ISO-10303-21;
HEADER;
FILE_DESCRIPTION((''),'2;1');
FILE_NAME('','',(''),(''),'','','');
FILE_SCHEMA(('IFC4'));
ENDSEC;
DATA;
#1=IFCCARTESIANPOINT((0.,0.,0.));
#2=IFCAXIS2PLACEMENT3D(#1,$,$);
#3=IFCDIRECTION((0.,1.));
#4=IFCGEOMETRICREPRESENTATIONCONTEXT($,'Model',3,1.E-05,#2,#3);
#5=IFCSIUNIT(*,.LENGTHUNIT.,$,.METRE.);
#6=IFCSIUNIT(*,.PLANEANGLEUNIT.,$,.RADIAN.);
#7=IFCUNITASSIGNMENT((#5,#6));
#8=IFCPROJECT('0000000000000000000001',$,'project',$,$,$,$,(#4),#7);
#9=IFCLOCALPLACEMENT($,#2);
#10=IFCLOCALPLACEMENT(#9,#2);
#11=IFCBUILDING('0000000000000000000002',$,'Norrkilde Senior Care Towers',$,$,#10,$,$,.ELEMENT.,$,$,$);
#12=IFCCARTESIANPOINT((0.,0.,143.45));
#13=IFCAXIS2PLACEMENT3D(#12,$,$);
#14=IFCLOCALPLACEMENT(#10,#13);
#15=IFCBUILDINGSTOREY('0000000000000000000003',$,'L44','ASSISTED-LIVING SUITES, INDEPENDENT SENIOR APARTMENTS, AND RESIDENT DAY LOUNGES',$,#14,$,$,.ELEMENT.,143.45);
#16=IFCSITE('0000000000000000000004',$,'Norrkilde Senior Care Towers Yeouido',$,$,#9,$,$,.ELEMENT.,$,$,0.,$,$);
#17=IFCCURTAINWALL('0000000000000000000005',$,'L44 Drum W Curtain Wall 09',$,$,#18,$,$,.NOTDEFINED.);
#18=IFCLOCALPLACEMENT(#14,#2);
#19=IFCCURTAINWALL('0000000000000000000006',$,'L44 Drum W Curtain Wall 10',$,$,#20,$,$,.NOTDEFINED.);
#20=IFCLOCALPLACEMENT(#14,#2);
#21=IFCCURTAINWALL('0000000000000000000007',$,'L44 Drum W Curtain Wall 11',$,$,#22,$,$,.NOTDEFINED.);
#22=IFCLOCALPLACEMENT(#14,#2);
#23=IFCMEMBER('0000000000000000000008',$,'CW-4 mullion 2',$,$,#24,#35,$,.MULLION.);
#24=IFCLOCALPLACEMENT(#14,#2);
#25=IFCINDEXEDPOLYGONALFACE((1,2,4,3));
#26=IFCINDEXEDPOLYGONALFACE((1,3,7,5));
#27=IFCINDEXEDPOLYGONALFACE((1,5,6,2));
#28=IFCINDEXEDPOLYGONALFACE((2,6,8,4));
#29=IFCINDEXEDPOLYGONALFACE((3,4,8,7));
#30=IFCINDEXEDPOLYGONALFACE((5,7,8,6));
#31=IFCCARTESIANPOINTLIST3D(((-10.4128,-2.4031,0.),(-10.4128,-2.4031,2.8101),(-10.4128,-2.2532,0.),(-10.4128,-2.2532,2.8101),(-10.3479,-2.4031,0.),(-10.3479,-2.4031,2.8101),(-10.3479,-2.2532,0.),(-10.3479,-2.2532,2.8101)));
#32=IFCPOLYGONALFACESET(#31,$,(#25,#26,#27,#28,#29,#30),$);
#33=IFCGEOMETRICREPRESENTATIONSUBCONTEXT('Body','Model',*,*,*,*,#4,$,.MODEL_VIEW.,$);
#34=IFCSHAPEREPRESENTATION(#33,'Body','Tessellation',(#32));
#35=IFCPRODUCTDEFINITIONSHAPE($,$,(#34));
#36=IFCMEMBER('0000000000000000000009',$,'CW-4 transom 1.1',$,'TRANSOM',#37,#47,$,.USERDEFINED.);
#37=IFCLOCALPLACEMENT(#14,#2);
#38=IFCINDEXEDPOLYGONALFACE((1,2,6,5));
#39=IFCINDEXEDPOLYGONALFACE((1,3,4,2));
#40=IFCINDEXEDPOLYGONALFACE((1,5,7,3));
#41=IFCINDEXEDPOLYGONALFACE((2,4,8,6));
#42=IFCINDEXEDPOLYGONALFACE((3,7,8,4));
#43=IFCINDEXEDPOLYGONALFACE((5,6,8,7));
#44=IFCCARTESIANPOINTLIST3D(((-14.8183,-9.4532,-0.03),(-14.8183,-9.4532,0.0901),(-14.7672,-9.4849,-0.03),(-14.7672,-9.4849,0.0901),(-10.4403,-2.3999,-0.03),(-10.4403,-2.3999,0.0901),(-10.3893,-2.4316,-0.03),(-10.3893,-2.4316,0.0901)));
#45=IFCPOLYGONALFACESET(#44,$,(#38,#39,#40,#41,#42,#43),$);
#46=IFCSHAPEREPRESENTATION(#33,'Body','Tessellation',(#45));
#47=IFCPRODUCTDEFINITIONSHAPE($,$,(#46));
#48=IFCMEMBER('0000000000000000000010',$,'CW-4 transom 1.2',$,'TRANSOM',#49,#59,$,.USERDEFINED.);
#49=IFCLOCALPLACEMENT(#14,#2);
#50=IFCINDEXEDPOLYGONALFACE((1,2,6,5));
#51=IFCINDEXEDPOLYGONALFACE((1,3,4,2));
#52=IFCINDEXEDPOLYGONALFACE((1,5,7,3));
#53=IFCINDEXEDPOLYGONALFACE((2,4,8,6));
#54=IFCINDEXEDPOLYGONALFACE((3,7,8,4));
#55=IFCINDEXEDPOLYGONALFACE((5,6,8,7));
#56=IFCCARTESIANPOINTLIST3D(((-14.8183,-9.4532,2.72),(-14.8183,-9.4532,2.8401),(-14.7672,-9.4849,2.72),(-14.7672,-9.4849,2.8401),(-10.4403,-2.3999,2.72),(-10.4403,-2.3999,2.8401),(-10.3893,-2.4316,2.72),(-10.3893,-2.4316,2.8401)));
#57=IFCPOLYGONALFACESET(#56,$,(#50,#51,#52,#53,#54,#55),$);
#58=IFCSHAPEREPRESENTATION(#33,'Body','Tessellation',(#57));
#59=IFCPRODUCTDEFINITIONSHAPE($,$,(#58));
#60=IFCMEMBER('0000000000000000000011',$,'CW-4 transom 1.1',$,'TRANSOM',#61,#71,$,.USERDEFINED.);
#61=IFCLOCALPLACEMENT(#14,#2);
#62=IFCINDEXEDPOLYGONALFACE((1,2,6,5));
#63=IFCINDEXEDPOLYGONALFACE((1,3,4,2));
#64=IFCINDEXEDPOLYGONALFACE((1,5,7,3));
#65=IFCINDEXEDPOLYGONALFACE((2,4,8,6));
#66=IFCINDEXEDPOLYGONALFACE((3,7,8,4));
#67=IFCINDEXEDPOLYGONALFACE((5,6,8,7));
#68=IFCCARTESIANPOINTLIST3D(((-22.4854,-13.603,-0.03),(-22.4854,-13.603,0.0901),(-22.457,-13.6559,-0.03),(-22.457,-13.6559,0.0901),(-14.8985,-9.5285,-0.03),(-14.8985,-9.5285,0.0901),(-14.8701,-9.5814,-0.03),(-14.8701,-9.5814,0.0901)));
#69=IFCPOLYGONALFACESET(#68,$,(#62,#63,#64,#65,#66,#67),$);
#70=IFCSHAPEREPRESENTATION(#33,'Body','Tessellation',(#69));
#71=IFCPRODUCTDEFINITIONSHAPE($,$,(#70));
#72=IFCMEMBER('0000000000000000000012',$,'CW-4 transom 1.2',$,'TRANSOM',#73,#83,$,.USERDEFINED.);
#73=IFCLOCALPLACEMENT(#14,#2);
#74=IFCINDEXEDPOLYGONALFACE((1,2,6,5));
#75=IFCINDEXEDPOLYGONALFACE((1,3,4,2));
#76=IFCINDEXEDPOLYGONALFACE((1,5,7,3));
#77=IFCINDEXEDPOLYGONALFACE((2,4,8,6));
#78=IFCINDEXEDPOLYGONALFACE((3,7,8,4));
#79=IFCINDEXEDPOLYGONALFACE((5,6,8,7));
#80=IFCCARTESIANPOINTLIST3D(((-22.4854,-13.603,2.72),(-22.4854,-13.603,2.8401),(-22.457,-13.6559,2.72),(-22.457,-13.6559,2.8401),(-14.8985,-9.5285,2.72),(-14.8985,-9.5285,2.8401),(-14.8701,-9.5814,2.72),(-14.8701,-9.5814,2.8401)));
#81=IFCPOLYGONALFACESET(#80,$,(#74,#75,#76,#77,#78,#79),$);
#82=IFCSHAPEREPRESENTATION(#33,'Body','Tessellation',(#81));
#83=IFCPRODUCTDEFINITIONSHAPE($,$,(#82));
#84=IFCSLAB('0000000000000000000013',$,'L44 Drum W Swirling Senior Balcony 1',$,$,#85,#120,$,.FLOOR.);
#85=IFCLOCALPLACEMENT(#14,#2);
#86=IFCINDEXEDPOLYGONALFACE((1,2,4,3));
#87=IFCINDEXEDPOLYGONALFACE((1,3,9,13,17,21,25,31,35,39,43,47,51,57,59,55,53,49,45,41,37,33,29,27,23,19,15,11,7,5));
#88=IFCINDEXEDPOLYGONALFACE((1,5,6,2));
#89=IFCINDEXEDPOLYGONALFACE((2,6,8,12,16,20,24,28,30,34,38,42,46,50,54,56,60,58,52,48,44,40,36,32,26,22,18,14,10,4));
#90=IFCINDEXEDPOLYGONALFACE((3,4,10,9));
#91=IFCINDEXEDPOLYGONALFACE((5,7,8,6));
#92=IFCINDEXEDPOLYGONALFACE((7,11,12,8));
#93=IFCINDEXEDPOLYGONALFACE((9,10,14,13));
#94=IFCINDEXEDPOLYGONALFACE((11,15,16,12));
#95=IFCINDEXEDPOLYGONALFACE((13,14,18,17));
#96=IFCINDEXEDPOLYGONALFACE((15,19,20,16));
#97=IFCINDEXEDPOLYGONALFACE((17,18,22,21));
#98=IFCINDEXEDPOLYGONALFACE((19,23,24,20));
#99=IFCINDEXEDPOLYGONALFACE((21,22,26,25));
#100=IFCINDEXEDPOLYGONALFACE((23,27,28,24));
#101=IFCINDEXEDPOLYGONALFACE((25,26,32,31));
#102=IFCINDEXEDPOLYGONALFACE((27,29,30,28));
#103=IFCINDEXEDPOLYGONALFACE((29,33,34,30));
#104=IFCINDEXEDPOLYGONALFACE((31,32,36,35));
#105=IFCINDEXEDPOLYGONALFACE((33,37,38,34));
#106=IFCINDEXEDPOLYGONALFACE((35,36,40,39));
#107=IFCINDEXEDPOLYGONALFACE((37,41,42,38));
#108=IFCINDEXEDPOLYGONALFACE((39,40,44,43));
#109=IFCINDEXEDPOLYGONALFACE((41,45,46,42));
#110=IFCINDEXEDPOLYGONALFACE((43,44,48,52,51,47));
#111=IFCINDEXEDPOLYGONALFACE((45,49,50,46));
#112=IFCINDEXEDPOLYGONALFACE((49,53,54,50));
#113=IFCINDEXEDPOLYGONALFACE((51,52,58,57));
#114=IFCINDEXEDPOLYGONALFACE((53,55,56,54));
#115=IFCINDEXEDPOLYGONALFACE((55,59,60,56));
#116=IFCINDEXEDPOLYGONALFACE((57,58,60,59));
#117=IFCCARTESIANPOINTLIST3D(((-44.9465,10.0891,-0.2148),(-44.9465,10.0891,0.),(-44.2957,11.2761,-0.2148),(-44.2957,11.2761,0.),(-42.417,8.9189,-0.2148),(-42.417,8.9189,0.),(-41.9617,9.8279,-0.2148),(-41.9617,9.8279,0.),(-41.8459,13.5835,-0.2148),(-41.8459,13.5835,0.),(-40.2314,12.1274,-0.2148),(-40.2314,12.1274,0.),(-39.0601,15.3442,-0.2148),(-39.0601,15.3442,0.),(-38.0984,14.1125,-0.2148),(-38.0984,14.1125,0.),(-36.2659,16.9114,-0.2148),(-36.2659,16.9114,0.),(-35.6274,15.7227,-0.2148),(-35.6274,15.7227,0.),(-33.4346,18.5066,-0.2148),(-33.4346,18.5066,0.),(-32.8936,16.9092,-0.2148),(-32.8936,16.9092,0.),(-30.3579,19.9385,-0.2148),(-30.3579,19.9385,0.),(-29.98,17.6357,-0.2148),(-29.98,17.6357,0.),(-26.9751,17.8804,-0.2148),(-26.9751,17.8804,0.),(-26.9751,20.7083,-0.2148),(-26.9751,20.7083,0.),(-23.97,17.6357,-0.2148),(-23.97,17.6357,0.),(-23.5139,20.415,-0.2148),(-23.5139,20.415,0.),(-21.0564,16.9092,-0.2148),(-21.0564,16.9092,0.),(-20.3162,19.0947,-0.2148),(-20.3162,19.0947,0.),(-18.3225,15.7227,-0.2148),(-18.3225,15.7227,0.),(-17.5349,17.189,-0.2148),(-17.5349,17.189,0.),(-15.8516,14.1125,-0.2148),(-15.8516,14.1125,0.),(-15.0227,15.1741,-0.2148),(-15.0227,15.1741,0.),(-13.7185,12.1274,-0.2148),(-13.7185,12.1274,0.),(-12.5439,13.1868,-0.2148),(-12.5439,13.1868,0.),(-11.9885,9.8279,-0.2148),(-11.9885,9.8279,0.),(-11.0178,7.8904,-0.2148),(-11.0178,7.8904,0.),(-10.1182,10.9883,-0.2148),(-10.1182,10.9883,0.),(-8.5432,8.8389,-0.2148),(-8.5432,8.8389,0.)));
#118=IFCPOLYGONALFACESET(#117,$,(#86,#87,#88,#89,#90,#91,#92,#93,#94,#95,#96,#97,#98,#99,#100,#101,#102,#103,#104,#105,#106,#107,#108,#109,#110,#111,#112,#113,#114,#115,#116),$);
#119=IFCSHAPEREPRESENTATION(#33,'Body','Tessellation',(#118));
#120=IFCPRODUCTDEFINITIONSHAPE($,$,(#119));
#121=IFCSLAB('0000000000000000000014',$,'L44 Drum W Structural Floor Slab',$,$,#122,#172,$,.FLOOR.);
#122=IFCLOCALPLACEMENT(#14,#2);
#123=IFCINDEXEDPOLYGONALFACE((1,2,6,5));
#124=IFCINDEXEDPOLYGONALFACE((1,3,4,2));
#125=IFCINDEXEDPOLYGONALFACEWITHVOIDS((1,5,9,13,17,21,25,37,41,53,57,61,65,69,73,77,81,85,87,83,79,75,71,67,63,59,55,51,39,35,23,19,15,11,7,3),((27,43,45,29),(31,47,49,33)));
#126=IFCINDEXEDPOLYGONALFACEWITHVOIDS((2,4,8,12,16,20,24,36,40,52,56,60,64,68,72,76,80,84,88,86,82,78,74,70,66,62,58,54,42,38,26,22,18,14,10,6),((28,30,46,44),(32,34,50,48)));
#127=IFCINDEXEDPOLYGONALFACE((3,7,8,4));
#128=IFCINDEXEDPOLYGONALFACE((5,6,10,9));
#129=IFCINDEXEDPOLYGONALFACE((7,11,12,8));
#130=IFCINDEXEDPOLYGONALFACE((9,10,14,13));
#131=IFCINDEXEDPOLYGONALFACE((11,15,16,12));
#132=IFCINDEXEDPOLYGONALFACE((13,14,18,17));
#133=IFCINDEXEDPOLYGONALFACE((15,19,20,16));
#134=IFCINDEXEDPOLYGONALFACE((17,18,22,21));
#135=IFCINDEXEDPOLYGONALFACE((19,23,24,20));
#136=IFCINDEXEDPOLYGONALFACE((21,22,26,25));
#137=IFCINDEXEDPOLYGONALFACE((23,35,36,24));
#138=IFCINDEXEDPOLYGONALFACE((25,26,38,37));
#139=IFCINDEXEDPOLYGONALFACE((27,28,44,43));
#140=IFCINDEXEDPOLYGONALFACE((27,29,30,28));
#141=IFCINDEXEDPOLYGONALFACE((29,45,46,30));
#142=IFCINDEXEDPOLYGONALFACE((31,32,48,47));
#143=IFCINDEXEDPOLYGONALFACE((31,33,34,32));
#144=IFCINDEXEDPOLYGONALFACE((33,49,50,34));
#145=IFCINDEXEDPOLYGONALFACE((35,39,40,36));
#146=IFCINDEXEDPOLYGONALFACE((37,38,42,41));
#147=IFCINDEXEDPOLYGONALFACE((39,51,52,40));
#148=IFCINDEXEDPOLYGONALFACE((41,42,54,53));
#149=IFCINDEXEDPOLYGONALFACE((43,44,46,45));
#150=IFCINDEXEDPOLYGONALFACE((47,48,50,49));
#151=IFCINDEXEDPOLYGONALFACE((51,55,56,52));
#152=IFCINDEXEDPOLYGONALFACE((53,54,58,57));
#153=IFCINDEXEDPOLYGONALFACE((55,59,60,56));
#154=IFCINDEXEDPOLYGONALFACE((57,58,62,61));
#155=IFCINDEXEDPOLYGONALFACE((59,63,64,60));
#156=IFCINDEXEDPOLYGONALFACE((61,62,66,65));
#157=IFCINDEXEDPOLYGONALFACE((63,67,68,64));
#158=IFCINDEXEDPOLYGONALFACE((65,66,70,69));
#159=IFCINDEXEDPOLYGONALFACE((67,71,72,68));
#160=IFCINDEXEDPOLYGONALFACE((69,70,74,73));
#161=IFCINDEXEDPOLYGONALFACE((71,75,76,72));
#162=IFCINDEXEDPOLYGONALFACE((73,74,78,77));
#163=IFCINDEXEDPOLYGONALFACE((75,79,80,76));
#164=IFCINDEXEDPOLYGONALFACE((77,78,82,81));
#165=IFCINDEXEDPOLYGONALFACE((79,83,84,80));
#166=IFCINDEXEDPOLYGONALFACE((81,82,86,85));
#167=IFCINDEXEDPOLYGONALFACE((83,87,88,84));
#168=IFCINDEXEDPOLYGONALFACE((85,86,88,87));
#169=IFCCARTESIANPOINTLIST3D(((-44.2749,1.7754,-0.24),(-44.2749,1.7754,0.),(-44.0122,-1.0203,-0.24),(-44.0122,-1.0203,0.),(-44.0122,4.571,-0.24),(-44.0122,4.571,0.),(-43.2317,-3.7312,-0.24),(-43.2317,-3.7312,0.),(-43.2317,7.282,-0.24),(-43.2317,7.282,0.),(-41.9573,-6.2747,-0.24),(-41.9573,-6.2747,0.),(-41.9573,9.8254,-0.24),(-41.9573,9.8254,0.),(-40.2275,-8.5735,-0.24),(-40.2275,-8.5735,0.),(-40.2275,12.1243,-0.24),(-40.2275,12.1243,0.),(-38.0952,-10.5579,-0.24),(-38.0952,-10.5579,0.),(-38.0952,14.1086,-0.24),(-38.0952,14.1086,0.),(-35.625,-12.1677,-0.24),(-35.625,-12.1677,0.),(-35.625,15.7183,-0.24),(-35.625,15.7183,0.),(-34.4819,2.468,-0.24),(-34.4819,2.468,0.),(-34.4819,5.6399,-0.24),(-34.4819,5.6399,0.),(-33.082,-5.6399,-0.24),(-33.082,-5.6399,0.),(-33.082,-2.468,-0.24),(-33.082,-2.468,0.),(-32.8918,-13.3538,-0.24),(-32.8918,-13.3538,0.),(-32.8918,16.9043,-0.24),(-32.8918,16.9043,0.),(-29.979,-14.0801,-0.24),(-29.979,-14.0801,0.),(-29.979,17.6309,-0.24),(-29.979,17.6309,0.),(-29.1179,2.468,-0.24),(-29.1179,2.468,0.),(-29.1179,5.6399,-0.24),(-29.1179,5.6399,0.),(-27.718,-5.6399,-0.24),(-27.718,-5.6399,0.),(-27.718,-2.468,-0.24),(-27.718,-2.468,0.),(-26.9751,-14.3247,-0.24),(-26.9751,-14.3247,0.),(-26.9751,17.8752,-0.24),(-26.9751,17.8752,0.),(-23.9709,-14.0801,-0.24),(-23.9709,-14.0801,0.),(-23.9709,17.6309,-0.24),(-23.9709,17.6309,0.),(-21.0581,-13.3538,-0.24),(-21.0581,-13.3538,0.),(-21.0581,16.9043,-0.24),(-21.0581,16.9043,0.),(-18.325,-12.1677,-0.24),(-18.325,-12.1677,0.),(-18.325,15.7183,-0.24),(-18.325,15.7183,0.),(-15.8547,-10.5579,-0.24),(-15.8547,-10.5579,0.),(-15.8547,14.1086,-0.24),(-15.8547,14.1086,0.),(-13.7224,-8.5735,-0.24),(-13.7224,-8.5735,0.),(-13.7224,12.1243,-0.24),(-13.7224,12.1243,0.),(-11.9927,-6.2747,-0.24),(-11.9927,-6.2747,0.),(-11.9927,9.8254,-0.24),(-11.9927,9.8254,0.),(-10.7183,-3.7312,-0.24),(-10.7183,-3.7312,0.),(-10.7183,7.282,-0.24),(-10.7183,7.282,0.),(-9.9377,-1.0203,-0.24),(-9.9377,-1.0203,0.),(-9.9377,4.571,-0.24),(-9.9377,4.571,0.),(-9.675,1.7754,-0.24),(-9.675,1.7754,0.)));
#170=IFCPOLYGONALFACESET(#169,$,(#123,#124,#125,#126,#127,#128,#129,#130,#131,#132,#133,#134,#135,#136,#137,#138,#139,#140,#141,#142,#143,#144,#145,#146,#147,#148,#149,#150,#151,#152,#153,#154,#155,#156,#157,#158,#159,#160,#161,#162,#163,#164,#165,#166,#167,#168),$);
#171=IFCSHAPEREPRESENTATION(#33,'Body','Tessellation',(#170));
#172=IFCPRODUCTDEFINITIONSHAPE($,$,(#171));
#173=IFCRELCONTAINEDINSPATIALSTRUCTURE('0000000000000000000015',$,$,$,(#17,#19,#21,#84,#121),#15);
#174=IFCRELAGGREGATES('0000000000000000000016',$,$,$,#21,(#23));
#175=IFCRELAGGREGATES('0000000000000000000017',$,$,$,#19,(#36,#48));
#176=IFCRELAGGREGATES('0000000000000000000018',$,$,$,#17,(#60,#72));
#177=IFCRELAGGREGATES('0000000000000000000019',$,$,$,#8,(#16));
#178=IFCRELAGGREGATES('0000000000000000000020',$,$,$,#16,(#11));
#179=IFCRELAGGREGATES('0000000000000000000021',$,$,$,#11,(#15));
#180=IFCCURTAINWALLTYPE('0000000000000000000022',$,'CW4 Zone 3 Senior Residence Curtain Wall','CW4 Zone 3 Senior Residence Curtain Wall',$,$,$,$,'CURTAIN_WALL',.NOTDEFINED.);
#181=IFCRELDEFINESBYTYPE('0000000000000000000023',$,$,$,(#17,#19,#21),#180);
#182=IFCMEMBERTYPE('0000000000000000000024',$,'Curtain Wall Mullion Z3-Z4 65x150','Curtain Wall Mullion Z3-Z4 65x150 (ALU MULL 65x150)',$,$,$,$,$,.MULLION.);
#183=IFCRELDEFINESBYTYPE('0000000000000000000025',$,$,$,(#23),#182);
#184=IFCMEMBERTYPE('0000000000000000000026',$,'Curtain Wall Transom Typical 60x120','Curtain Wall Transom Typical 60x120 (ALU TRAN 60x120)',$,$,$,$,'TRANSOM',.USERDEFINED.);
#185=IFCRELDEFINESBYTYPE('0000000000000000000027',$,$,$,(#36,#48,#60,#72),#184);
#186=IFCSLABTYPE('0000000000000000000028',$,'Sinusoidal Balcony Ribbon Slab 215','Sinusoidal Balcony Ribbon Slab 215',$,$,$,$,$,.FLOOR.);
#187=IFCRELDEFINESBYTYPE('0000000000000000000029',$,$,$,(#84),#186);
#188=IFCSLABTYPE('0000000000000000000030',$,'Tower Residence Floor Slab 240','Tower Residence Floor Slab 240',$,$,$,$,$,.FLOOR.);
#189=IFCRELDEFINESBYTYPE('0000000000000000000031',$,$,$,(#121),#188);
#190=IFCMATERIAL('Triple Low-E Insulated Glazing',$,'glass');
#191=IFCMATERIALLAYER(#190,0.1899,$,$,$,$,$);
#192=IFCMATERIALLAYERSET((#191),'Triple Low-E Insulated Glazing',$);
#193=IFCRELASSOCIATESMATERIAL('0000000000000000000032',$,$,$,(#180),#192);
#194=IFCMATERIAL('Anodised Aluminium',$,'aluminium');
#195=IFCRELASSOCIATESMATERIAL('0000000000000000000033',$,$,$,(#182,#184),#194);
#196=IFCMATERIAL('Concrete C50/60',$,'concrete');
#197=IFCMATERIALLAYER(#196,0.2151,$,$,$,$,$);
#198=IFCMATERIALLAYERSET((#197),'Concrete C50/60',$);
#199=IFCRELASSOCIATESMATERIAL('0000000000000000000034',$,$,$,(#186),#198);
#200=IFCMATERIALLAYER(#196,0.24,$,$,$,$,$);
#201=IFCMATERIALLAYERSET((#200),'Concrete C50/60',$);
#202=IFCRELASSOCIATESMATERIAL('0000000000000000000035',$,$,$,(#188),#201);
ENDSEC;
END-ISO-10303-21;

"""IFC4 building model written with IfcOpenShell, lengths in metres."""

from ifc_helpers import new_model, si_unit, direction, frame, origin, origin_2d, place, context, subcontext, project, spatial, polyline, rectangle, outline, extrude, source, transform, mapped, material, layer, layer_set, material_profile, profile_set, type_object, type_shapes, element, aggregate, save


model = new_model("IFC4")

# Units and contexts
model_context = context("Model", 3, precision=1e-05, world=origin(), true_north=direction((0.0, 1.0)))
body_context = subcontext(model_context, "Body", "Model", "MODEL_VIEW")
ifc_project = project(units=[si_unit("LENGTHUNIT", "METRE"), si_unit("PLANEANGLEUNIT", "RADIAN")], contexts=[model_context])

# Site, building, storey
site_placement = place(None, origin())
site = spatial("IfcSite", under=ifc_project, at=site_placement, Name="Norrkilde Senior Care Towers Yeouido", CompositionType="ELEMENT", RefElevation=0.0)
building_placement = place(site_placement, origin())
building = spatial("IfcBuilding", under=site, at=building_placement, Name="Norrkilde Senior Care Towers", CompositionType="ELEMENT")
storey_placement = place(building_placement, frame((0.0, 0.0, 143.45)))
storey = spatial("IfcBuildingStorey", under=building, at=storey_placement, Name="L44", Description="ASSISTED-LIVING SUITES, INDEPENDENT SENIOR APARTMENTS, AND RESIDENT DAY LOUNGES", CompositionType="ELEMENT", Elevation=143.45)

# Shared definitions
ifc_material_1 = material(Name="Concrete C50/60", Category="concrete")

# Curtain wall
ifc_material_2 = material(Name="Triple Low-E Insulated Glazing", Category="glass")
ifc_layer_1 = layer(ifc_material_2, 0.1899)
ifc_layer_set_1 = layer_set([ifc_layer_1], Name="Triple Low-E Insulated Glazing")
curtain_wall_type = type_object("IfcCurtainWallType", Name="CW4 Zone 3 Senior Residence Curtain Wall", Description="CW4 Zone 3 Senior Residence Curtain Wall", ElementType="CURTAIN_WALL", PredefinedType="NOTDEFINED", material=ifc_layer_set_1)
curtain_wall_1_placement = place(storey_placement, origin())
curtain_wall_1 = element("IfcCurtainWall", 1, at=curtain_wall_1_placement, inside=storey, type_object=curtain_wall_type, Name="L44 Drum W Curtain Wall 09", PredefinedType="NOTDEFINED")
ifc_material_3 = material(Name="Anodised Aluminium", Category="aluminium")
ifc_material_profile_1 = material_profile(ifc_material_3, rectangle(XDim=0.0649, YDim=0.1499, at=origin_2d()), Name="ALU MULL 65x150")
ifc_profile_set_1 = profile_set([ifc_material_profile_1], Name="Anodised Aluminium")
member_type_1 = type_object("IfcMemberType", Name="Curtain Wall Mullion Z3-Z4 65x150", Description="Curtain Wall Mullion Z3-Z4 65x150 (ALU MULL 65x150)", PredefinedType="MULLION", material=ifc_profile_set_1)
shared_shape_1 = source(origin(), body_context, "Body", "SweptSolid", [
    extrude(rectangle(XDim=0.0649, YDim=0.1499, at=origin_2d()), origin(), (0.0, 0.0, 1.0), 2.8101),
])
type_shapes(member_type_1, [shared_shape_1])

# Curtain wall
curtain_wall_2_placement = place(storey_placement, origin())
curtain_wall_2 = element("IfcCurtainWall", 2, at=curtain_wall_2_placement, inside=storey, type_object=curtain_wall_type, Name="L44 Drum W Curtain Wall 10", PredefinedType="NOTDEFINED")

# Curtain wall, member
curtain_wall_3_placement = place(storey_placement, origin())
curtain_wall_3 = element("IfcCurtainWall", 3, at=curtain_wall_3_placement, inside=storey, type_object=curtain_wall_type, Name="L44 Drum W Curtain Wall 11", PredefinedType="NOTDEFINED")
member_1_placement = place(storey_placement, frame((-10.3804, -2.3281, 0.0), z_axis=(0.0, 0.0, 1.0), x_axis=(1.0, 0.0, 0.0)))
member_1 = element("IfcMember", 4, at=member_1_placement, type_object=member_type_1, Name="CW-4 mullion 2", PredefinedType="MULLION", context=body_context, shape_type="MappedRepresentation", body=[
    mapped(shared_shape_1, transform((0.0, 0.0, 0.0), x_axis=(1.0, 0.0, 0.0), y_axis=(0.0, 1.0, 0.0), z_axis=(0.0, 0.0, 1.0), scale=1.0)),
])
aggregate(curtain_wall_3, [member_1])

# Members
ifc_material_profile_2 = material_profile(ifc_material_3, rectangle(XDim=0.0601, YDim=0.1201, at=origin_2d()), Name="ALU TRAN 60x120")
ifc_profile_set_2 = profile_set([ifc_material_profile_2], Name="Anodised Aluminium")
member_type_2 = type_object("IfcMemberType", Name="Curtain Wall Transom Typical 60x120", Description="Curtain Wall Transom Typical 60x120 (ALU TRAN 60x120)", ElementType="TRANSOM", PredefinedType="USERDEFINED", material=ifc_profile_set_2)
shared_shape_2 = source(origin(), body_context, "Body", "SweptSolid", [
    extrude(rectangle(XDim=0.0601, YDim=0.1201, at=origin_2d()), origin(), (0.0, 0.0, 1.0), 8.3015),
])
member_2_placement = place(storey_placement, frame((-10.4148, -2.4158, 0.03), z_axis=(-0.527369, -0.849637, 0.0), x_axis=(0.849637, -0.527369, 0.0)))
member_2 = element("IfcMember", 5, at=member_2_placement, type_object=member_type_2, Name="CW-4 transom 1.1", ObjectType="TRANSOM", PredefinedType="USERDEFINED", context=body_context, shape_type="MappedRepresentation", body=[
    mapped(shared_shape_2, transform((0.0, 0.0, 0.0), x_axis=(1.0, 0.0, 0.0), y_axis=(0.0, 1.0, 0.0), z_axis=(0.0, 0.0, 1.0), scale=1.0)),
])
member_3_placement = place(storey_placement, frame((-10.4148, -2.4158, 2.78), z_axis=(-0.527369, -0.849637, 0.0), x_axis=(0.849637, -0.527369, 0.0)))
member_3 = element("IfcMember", 6, at=member_3_placement, type_object=member_type_2, Name="CW-4 transom 1.2", ObjectType="TRANSOM", PredefinedType="USERDEFINED", context=body_context, shape_type="MappedRepresentation", body=[
    mapped(shared_shape_2, transform((0.0, 0.0, 0.0), x_axis=(1.0, 0.0, 0.0), y_axis=(0.0, 1.0, 0.0), z_axis=(0.0, 0.0, 1.0), scale=1.0)),
])
shared_shape_3 = source(origin(), body_context, "Body", "SweptSolid", [
    extrude(rectangle(XDim=0.0601, YDim=0.1201, at=origin_2d()), origin(), (0.0, 0.0, 1.0), 8.6118),
])
type_shapes(member_type_2, [shared_shape_2, shared_shape_3])
member_4_placement = place(storey_placement, frame((-14.8843, -9.5549, 0.03), z_axis=(-0.880994, -0.473127, 0.0), x_axis=(0.473127, -0.880994, 0.0)))
member_4 = element("IfcMember", 7, at=member_4_placement, type_object=member_type_2, Name="CW-4 transom 1.1", ObjectType="TRANSOM", PredefinedType="USERDEFINED", context=body_context, shape_type="MappedRepresentation", body=[
    mapped(shared_shape_3, transform((0.0, 0.0, 0.0), x_axis=(1.0, 0.0, 0.0), y_axis=(0.0, 1.0, 0.0), z_axis=(0.0, 0.0, 1.0), scale=1.0)),
])
member_5_placement = place(storey_placement, frame((-14.8843, -9.5549, 2.78), z_axis=(-0.880994, -0.473127, 0.0), x_axis=(0.473127, -0.880994, 0.0)))
member_5 = element("IfcMember", 8, at=member_5_placement, type_object=member_type_2, Name="CW-4 transom 1.2", ObjectType="TRANSOM", PredefinedType="USERDEFINED", context=body_context, shape_type="MappedRepresentation", body=[
    mapped(shared_shape_3, transform((0.0, 0.0, 0.0), x_axis=(1.0, 0.0, 0.0), y_axis=(0.0, 1.0, 0.0), z_axis=(0.0, 0.0, 1.0), scale=1.0)),
])

# Slabs
ifc_layer_2 = layer(ifc_material_1, 0.2151)
ifc_layer_set_2 = layer_set([ifc_layer_2], Name="Concrete C50/60")
slab_type_1 = type_object("IfcSlabType", Name="Sinusoidal Balcony Ribbon Slab 215", Description="Sinusoidal Balcony Ribbon Slab 215", PredefinedType="FLOOR", material=ifc_layer_set_2)
slab_1_placement = place(storey_placement, frame((0.0, 0.0, -0.2148)))
element("IfcSlab", 9, at=slab_1_placement, inside=storey, type_object=slab_type_1, Name="L44 Drum W Swirling Senior Balcony 1", PredefinedType="FLOOR", context=body_context, shape_type="SweptSolid", body=[
    extrude(outline(polyline([(-41.8459, 13.5835), (-39.0601, 15.3442), (-36.2659, 16.9114), (-33.4346, 18.5066), (-30.3579, 19.9385), (-26.9751, 20.7083), (-23.5139, 20.415), (-20.3162, 19.0947), (-17.5349, 17.189), (-15.0227, 15.1741), (-12.5439, 13.1868), (-10.1182, 10.9883), (-8.5432, 8.8389), (-11.0178, 7.8904), (-11.9885, 9.8279), (-13.7185, 12.1274), (-15.8516, 14.1125), (-18.3225, 15.7227), (-21.0564, 16.9092), (-23.97, 17.6357), (-26.9751, 17.8804), (-29.98, 17.6357), (-32.8936, 16.9092), (-35.6274, 15.7227), (-38.0984, 14.1125), (-40.2314, 12.1274), (-41.9617, 9.8279), (-42.417, 8.9189), (-44.9465, 10.0891), (-44.2957, 11.2761), (-41.8459, 13.5835)])), origin(), (0.0, 0.0, 1.0), 0.2148),
])
ifc_layer_3 = layer(ifc_material_1, 0.24)
ifc_layer_set_3 = layer_set([ifc_layer_3], Name="Concrete C50/60")
slab_type_2 = type_object("IfcSlabType", Name="Tower Residence Floor Slab 240", Description="Tower Residence Floor Slab 240", PredefinedType="FLOOR", material=ifc_layer_set_3)
slab_2_placement = place(storey_placement, frame((0.0, 0.0, -0.24)))
element("IfcSlab", 10, at=slab_2_placement, inside=storey, type_object=slab_type_2, Name="L44 Drum W Structural Floor Slab", PredefinedType="FLOOR", context=body_context, shape_type="SweptSolid", body=[
    extrude(outline(polyline([(-10.7183, -3.7312), (-11.9927, -6.2747), (-13.7224, -8.5735), (-15.8547, -10.5579), (-18.325, -12.1677), (-21.0581, -13.3538), (-23.9709, -14.0801), (-26.9751, -14.3247), (-29.979, -14.0801), (-32.8918, -13.3538), (-35.625, -12.1677), (-38.0952, -10.5579), (-40.2275, -8.5735), (-41.9573, -6.2747), (-43.2317, -3.7312), (-44.0122, -1.0203), (-44.2749, 1.7754), (-44.0122, 4.571), (-43.2317, 7.282), (-41.9573, 9.8254), (-40.2275, 12.1243), (-38.0952, 14.1086), (-35.625, 15.7183), (-32.8918, 16.9043), (-29.979, 17.6309), (-26.9751, 17.8752), (-23.9709, 17.6309), (-21.0581, 16.9043), (-18.325, 15.7183), (-15.8547, 14.1086), (-13.7224, 12.1243), (-11.9927, 9.8254), (-10.7183, 7.282), (-9.9377, 4.571), (-9.675, 1.7754), (-9.9377, -1.0203), (-10.7183, -3.7312)]), holes=[polyline([(-34.4819, 2.468), (-29.1179, 2.468), (-29.1179, 5.6399), (-34.4819, 5.6399), (-34.4819, 2.468)]), polyline([(-27.718, -5.6399), (-27.718, -2.468), (-33.082, -2.468), (-33.082, -5.6399), (-27.718, -5.6399)])]), origin(), (0.0, 0.0, 1.0), 0.24),
])

aggregate(curtain_wall_2, [member_2, member_3])
aggregate(curtain_wall_1, [member_4, member_5])

save(model, "model.ifc")
